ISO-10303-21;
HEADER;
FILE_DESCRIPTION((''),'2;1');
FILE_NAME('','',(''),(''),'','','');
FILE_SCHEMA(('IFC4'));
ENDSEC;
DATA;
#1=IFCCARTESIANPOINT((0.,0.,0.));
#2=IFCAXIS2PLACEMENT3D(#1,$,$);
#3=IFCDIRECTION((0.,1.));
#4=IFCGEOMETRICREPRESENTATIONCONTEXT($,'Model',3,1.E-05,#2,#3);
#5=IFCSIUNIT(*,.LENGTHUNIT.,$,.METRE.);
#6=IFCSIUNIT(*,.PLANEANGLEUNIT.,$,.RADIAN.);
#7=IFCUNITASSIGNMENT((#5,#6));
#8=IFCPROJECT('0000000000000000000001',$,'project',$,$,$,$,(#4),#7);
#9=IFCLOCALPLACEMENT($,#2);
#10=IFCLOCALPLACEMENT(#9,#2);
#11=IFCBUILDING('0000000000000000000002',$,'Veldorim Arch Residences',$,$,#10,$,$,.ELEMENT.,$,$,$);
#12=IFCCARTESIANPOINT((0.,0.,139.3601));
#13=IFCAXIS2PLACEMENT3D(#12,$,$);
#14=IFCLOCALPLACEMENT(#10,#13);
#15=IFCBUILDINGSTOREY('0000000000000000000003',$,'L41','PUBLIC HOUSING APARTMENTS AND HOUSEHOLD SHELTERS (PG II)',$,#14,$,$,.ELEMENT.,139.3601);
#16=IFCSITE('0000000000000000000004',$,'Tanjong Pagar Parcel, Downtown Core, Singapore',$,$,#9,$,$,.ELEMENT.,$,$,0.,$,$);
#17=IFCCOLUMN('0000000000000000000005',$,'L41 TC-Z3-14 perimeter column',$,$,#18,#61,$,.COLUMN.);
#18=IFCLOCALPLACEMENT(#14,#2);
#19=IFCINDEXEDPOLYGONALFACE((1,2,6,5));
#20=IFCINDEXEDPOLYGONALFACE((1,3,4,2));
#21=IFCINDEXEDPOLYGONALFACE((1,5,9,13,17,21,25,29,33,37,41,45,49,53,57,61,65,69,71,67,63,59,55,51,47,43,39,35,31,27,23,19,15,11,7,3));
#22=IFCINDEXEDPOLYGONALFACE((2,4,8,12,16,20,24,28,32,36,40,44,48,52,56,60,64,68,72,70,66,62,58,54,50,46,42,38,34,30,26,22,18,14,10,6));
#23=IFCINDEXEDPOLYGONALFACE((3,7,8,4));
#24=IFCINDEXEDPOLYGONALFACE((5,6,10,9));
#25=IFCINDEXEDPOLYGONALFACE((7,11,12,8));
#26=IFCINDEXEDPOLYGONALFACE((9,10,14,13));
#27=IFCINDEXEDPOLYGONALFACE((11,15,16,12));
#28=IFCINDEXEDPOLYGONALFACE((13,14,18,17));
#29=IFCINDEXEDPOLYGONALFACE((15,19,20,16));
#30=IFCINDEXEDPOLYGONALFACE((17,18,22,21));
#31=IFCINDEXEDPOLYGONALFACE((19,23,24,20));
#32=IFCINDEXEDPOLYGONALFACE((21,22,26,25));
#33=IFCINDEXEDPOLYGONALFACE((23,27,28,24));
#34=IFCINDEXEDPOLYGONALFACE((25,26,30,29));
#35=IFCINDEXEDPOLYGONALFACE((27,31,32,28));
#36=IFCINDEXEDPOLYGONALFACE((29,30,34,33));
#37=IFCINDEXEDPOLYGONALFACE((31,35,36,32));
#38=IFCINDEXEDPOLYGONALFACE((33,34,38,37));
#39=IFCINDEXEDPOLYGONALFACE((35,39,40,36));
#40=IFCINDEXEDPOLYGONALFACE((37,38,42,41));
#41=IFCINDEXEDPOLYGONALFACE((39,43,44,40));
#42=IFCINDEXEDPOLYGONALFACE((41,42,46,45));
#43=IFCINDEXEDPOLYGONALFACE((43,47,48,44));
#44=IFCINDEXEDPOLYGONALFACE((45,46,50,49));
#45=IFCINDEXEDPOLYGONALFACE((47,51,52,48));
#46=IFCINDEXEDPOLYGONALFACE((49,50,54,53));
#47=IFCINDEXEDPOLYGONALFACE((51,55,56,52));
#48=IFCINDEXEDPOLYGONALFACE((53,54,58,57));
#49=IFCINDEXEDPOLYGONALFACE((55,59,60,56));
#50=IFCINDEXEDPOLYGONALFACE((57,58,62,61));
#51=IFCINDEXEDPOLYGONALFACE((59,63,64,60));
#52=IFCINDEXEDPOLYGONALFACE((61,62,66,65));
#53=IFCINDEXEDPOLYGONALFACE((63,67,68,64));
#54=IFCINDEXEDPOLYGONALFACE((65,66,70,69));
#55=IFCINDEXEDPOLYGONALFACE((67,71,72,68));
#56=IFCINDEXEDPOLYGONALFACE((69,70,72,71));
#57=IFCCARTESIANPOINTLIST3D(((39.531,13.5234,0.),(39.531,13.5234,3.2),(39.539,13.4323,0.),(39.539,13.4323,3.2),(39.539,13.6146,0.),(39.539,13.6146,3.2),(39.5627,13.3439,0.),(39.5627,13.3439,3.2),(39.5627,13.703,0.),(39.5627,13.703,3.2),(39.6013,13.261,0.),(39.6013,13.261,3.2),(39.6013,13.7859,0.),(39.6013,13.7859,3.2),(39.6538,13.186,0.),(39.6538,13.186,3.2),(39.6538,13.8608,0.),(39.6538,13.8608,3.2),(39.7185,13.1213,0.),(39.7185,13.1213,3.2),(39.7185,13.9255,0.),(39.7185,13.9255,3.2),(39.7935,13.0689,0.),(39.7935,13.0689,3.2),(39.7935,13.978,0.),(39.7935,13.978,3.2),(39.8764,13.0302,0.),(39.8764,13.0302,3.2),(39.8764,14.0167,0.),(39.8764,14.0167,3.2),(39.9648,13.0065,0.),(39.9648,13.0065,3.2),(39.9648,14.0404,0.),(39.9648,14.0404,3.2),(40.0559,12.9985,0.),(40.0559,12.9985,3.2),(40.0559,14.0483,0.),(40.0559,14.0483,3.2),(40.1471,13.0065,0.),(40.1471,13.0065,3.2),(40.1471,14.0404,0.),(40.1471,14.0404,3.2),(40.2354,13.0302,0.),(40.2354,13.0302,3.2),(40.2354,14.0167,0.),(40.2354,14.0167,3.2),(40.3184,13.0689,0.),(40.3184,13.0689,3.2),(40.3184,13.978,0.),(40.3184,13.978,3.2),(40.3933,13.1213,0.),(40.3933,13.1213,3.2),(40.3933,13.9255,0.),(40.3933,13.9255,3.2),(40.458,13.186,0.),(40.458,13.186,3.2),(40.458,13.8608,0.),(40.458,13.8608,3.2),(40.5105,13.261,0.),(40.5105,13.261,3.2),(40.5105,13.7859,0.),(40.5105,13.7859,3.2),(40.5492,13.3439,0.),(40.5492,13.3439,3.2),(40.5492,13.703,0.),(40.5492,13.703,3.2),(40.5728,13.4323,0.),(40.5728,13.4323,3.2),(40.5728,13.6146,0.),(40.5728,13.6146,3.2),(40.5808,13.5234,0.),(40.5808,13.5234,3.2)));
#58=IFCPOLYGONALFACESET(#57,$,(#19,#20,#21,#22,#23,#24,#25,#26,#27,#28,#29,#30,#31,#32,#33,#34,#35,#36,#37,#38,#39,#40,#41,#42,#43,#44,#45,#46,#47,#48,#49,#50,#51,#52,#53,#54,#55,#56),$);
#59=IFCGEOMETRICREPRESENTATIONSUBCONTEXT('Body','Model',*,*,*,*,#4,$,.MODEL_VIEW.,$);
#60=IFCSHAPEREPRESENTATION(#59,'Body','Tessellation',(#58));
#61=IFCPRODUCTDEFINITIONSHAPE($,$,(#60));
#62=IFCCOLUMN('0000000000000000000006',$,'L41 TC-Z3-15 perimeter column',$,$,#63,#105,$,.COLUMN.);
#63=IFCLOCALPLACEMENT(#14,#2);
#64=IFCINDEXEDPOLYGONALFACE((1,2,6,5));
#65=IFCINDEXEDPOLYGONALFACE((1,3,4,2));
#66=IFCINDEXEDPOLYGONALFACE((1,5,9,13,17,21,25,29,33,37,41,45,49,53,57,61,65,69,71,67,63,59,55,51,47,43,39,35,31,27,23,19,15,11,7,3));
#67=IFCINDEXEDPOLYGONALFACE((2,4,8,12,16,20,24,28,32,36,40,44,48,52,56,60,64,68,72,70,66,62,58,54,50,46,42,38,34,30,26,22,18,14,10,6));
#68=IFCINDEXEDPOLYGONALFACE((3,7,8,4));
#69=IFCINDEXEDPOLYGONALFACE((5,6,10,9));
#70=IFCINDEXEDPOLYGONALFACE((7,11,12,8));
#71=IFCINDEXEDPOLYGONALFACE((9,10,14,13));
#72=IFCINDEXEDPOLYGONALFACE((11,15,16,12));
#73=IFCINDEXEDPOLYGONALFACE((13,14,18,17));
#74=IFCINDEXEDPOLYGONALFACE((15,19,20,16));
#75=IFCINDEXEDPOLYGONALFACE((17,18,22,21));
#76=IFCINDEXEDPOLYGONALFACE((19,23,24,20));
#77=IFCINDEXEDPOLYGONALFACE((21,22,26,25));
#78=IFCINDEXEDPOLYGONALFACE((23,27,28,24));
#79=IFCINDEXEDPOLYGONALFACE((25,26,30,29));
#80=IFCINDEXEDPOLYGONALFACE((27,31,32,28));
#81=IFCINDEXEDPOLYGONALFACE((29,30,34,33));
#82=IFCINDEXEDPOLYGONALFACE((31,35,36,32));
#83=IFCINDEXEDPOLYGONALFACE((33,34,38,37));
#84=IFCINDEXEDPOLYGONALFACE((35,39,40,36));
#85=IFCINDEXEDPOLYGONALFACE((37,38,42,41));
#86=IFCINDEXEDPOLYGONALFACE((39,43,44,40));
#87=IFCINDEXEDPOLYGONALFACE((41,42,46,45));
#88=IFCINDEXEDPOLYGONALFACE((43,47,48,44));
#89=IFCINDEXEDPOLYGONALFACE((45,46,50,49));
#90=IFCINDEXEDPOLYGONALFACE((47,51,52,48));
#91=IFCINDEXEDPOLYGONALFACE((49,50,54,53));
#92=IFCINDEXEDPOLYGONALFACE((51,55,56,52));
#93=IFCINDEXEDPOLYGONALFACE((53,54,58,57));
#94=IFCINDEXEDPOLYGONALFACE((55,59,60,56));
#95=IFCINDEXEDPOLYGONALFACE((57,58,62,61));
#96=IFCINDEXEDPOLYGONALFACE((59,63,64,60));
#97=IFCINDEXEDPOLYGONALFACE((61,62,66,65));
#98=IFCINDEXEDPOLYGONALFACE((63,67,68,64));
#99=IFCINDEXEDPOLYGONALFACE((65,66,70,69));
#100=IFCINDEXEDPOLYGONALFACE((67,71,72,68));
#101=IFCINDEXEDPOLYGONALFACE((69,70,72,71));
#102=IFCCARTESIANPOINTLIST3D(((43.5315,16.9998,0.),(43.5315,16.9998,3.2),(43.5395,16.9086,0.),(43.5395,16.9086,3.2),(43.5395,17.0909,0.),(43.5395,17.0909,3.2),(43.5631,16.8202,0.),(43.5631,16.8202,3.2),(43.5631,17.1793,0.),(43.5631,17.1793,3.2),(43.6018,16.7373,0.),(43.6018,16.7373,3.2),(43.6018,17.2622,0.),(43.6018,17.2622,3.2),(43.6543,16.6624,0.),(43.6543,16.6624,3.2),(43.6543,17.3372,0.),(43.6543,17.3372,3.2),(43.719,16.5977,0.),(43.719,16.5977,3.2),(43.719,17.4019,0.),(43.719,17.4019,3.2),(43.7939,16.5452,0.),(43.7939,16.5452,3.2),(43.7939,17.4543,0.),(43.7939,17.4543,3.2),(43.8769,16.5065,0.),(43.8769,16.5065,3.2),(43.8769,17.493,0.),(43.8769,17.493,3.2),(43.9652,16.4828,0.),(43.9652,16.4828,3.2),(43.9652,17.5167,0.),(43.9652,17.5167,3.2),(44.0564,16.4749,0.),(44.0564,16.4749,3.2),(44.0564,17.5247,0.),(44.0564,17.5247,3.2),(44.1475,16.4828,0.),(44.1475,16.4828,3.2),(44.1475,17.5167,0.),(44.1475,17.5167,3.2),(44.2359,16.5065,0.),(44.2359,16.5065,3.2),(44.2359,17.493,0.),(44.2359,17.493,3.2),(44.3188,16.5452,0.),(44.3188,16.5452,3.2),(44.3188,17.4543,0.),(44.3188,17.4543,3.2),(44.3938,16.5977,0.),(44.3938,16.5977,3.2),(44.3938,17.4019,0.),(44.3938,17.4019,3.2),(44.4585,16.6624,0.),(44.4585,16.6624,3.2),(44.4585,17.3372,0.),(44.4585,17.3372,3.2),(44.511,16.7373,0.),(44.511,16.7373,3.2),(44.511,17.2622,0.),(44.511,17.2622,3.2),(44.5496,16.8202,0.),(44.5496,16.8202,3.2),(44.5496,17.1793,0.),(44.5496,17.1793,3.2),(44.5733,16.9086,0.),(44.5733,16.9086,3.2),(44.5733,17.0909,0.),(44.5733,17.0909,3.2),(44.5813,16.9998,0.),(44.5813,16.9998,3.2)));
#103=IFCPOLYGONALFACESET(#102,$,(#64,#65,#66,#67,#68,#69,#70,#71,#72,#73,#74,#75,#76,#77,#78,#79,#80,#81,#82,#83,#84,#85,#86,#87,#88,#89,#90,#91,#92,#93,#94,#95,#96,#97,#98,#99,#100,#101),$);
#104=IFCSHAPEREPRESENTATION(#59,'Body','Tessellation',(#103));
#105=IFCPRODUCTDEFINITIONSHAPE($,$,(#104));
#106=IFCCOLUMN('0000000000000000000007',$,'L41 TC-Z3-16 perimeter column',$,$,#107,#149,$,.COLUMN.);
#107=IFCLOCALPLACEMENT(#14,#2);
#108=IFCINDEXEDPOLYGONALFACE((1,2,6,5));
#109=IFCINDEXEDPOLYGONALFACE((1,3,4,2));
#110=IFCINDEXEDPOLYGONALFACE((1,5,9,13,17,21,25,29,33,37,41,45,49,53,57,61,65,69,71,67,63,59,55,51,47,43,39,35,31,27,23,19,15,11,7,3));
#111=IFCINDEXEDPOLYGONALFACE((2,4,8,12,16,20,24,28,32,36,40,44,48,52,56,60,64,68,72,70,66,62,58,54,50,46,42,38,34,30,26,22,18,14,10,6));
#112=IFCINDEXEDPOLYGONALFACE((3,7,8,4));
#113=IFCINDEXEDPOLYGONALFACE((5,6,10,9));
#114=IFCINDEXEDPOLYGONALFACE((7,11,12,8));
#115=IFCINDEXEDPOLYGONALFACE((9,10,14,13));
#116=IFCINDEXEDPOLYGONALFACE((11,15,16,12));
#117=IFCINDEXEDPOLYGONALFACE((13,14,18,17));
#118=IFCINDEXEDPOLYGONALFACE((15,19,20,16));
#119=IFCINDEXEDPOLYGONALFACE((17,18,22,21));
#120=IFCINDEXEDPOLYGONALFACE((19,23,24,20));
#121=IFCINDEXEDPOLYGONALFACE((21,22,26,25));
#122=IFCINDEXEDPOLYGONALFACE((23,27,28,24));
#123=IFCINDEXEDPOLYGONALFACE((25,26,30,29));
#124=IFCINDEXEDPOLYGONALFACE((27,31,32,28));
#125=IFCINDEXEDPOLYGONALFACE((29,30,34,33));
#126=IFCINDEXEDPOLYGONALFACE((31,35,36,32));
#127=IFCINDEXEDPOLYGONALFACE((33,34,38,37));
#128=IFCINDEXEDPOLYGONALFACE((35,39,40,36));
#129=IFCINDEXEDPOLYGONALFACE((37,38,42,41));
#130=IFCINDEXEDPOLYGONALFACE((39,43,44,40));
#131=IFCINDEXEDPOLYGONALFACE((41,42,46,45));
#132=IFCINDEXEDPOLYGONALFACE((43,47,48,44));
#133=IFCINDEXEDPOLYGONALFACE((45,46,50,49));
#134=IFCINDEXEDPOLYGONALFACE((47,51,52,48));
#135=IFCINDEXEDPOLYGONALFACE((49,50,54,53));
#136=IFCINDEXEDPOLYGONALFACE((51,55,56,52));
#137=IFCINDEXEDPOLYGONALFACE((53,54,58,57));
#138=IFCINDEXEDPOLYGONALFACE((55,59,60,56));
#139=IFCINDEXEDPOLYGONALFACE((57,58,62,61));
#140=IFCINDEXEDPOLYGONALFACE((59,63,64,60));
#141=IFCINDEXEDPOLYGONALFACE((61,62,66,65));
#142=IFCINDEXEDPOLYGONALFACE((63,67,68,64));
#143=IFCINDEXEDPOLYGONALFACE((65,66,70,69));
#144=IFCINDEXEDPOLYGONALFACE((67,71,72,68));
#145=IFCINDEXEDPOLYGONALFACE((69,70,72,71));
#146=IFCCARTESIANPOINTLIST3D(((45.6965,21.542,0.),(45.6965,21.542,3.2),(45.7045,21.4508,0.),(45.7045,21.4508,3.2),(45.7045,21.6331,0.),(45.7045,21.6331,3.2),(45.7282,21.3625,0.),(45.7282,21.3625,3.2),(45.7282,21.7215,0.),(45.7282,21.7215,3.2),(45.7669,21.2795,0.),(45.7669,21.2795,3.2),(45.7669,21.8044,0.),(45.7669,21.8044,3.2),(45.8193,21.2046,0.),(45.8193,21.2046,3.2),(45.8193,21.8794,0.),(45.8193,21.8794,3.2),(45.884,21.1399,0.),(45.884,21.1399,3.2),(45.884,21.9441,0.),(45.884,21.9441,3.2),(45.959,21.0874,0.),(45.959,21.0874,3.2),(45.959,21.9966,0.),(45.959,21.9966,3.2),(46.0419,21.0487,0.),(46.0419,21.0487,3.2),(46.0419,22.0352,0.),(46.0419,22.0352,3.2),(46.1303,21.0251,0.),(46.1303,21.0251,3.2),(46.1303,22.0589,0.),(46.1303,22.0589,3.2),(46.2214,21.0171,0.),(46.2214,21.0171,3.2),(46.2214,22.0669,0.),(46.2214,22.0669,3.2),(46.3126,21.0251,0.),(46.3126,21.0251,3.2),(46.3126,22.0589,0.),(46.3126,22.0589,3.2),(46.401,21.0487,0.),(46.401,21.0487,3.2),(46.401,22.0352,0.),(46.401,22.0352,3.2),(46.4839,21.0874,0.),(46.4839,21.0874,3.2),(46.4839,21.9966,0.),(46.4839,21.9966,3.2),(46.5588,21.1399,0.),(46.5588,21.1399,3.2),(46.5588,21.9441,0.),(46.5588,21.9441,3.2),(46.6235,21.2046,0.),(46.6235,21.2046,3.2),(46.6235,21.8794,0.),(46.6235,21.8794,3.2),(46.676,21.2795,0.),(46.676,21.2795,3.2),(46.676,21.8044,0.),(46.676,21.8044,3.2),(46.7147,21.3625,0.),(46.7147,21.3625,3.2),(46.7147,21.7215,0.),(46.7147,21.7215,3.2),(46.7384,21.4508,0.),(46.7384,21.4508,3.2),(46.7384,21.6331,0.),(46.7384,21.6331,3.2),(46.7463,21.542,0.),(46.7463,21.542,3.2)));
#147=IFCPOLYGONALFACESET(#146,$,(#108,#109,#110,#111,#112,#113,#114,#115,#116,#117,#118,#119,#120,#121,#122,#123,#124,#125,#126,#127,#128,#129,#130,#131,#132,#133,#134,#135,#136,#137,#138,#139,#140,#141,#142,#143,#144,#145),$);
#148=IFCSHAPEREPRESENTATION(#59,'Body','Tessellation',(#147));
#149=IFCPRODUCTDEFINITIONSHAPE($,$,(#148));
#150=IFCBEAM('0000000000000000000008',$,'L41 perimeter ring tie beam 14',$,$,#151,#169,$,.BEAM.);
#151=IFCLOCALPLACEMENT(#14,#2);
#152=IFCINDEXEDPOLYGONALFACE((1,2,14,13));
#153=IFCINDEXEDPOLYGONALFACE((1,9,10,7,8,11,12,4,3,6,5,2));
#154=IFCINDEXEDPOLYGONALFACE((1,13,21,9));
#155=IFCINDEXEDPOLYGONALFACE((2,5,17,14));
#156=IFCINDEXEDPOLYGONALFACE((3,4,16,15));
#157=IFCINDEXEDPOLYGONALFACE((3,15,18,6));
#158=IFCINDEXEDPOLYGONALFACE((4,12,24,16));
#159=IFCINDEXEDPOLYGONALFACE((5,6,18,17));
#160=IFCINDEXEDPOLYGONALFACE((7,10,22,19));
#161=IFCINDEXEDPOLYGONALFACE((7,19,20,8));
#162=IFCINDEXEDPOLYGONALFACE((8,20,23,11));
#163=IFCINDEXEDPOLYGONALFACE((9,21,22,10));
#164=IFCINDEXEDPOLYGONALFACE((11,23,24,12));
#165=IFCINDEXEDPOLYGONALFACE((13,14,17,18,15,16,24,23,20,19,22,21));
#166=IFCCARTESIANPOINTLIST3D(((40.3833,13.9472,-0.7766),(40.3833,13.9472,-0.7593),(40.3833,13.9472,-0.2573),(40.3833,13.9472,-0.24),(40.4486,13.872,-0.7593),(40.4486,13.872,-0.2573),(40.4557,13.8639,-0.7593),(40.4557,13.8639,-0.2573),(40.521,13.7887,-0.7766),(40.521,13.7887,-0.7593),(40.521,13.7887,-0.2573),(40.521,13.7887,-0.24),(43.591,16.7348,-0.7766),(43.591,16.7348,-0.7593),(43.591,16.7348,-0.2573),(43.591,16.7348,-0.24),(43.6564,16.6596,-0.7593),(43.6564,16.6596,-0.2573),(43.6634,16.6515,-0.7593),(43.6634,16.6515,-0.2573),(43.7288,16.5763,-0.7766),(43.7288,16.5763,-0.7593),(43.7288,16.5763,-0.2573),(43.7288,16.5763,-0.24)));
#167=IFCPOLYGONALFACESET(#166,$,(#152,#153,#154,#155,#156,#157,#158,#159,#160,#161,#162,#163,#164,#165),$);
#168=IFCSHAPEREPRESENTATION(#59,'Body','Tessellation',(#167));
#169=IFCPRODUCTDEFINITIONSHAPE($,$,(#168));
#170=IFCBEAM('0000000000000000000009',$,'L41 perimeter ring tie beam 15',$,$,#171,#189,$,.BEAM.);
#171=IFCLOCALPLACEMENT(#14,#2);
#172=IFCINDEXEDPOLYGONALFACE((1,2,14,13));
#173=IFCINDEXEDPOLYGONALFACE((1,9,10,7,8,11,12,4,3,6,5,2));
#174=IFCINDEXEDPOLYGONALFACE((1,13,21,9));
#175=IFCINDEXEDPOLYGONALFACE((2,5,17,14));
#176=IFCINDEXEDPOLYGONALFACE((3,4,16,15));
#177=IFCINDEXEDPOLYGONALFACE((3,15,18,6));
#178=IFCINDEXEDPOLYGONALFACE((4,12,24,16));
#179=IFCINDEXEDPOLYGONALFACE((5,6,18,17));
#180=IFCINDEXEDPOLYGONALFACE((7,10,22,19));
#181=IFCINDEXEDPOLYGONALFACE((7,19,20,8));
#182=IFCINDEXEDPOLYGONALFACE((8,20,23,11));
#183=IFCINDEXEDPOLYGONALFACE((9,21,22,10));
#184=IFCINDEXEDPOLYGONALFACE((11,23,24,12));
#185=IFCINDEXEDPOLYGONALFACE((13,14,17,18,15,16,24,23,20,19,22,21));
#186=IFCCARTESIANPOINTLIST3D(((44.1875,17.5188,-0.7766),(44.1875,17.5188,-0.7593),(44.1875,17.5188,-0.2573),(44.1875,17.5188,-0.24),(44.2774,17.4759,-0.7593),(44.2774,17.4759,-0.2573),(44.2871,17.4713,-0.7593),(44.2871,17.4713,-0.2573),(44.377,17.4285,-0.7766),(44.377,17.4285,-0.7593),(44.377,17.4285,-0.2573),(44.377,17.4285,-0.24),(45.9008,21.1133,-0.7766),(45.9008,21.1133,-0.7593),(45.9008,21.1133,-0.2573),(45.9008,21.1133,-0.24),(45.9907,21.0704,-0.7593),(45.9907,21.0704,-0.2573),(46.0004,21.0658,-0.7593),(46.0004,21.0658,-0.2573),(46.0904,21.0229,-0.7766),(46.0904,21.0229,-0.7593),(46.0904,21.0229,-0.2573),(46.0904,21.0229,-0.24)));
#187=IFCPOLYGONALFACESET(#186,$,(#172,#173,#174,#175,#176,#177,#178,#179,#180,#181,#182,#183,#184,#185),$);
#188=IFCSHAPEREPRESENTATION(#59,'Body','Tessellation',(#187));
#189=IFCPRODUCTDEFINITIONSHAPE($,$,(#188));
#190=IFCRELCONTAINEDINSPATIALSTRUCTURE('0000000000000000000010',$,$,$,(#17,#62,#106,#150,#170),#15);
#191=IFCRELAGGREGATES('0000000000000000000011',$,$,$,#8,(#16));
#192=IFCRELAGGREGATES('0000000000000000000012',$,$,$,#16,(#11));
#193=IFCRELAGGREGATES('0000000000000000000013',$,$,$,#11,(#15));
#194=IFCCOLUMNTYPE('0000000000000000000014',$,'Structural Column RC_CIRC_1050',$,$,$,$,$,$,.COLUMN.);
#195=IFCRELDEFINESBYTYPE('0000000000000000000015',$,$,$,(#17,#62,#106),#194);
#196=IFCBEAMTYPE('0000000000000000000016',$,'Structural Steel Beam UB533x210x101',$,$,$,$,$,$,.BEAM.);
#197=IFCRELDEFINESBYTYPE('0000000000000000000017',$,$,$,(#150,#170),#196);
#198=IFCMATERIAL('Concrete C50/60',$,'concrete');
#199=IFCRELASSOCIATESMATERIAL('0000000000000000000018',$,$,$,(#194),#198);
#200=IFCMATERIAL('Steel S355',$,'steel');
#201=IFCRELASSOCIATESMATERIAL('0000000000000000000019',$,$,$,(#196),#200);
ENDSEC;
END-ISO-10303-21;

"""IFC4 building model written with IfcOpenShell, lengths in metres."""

from ifc_helpers import new_model, si_unit, direction, frame, origin, origin_2d, place, context, subcontext, project, spatial, circle, i_section, extrude, material, material_profile, profile_set, type_object, element, save


model = new_model("IFC4")

# Units and contexts
model_context = context("Model", 3, precision=1e-05, world=origin(), true_north=direction((0.0, 1.0)))
body_context = subcontext(model_context, "Body", "Model", "MODEL_VIEW")
ifc_project = project(units=[si_unit("LENGTHUNIT", "METRE"), si_unit("PLANEANGLEUNIT", "RADIAN")], contexts=[model_context])

# Site, building, storey
site_placement = place(None, origin())
site = spatial("IfcSite", under=ifc_project, at=site_placement, Name="Tanjong Pagar Parcel, Downtown Core, Singapore", CompositionType="ELEMENT", RefElevation=0.0)
building_placement = place(site_placement, origin())
building = spatial("IfcBuilding", under=site, at=building_placement, Name="Veldorim Arch Residences", CompositionType="ELEMENT")
storey_placement = place(building_placement, frame((0.0, 0.0, 139.3601)))
storey = spatial("IfcBuildingStorey", under=building, at=storey_placement, Name="L41", Description="PUBLIC HOUSING APARTMENTS AND HOUSEHOLD SHELTERS (PG II)", CompositionType="ELEMENT", Elevation=139.3601)

# Columns
ifc_material_1 = material(Name="Concrete C50/60", Category="concrete")
ifc_material_profile_1 = material_profile(ifc_material_1, circle(Radius=0.5249, at=origin_2d()), Name="RC_CIRC_1050")
ifc_profile_set_1 = profile_set([ifc_material_profile_1], Name="Concrete C50/60")
column_type = type_object("IfcColumnType", Name="Structural Column RC_CIRC_1050", PredefinedType="COLUMN", material=ifc_profile_set_1)
for number, where, z_axis, x_axis, name in (
    (1, (40.0559, 13.5234, 0.0), (0.0, 0.0, 1.0), (1.0, 0.0, 0.0), "L41 TC-Z3-14 perimeter column"),
    (2, (44.0564, 16.9998, 0.0), (0.0, 0.0, 1.0), (1.0, 0.0, 0.0), "L41 TC-Z3-15 perimeter column"),
    (3, (46.2214, 21.542, 0.0), (0.0, 0.0, 1.0), (1.0, 0.0, 0.0), "L41 TC-Z3-16 perimeter column"),
):
    element("IfcColumn", number, at=place(storey_placement, frame(where, z_axis=z_axis, x_axis=x_axis)), inside=storey, type_object=column_type, Name=name, PredefinedType="COLUMN", context=body_context, shape_type="SweptSolid", body=[
        extrude(circle(Radius=0.5249, at=origin_2d()), origin(), (0.0, 0.0, 1.0), 3.2),
    ])

# Beams
ifc_material_2 = material(Name="Steel S355", Category="steel")
ifc_material_profile_2 = material_profile(ifc_material_2, i_section(OverallWidth=0.21, OverallDepth=0.5366, WebThickness=0.0107, FlangeThickness=0.0173, at=origin_2d()), Name="UB533x210x101")
ifc_profile_set_2 = profile_set([ifc_material_profile_2], Name="Steel S355")
beam_type_1 = type_object("IfcBeamType", Name="Structural Steel Beam UB533x210x101", PredefinedType="BEAM", material=ifc_profile_set_2)
beam_1_placement = place(storey_placement, frame((40.4521, 13.8679, -0.5083), z_axis=(0.754811, 0.655943, 0.0), x_axis=(-0.655943, 0.754811, 0.0)))
element("IfcBeam", 4, at=beam_1_placement, inside=storey, type_object=beam_type_1, Name="L41 perimeter ring tie beam 14", PredefinedType="BEAM", context=body_context, shape_type="SweptSolid", body=[
    extrude(i_section(OverallWidth=0.21, OverallDepth=0.5366, WebThickness=0.0107, FlangeThickness=0.0173, at=origin_2d()), origin(), (0.0, 0.0, 1.0), 4.2498),
])
beam_2_placement = place(storey_placement, frame((44.2822, 17.4736, -0.5083), z_axis=(0.430286, 0.902693, 0.0), x_axis=(-0.902693, 0.430286, 0.0)))
element("IfcBeam", 5, at=beam_2_placement, inside=storey, type_object=beam_type_1, Name="L41 perimeter ring tie beam 15", PredefinedType="BEAM", context=body_context, shape_type="SweptSolid", body=[
    extrude(i_section(OverallWidth=0.21, OverallDepth=0.5366, WebThickness=0.0107, FlangeThickness=0.0173, at=origin_2d()), origin(), (0.0, 0.0, 1.0), 3.9819),
])

save(model, "model.ifc")
